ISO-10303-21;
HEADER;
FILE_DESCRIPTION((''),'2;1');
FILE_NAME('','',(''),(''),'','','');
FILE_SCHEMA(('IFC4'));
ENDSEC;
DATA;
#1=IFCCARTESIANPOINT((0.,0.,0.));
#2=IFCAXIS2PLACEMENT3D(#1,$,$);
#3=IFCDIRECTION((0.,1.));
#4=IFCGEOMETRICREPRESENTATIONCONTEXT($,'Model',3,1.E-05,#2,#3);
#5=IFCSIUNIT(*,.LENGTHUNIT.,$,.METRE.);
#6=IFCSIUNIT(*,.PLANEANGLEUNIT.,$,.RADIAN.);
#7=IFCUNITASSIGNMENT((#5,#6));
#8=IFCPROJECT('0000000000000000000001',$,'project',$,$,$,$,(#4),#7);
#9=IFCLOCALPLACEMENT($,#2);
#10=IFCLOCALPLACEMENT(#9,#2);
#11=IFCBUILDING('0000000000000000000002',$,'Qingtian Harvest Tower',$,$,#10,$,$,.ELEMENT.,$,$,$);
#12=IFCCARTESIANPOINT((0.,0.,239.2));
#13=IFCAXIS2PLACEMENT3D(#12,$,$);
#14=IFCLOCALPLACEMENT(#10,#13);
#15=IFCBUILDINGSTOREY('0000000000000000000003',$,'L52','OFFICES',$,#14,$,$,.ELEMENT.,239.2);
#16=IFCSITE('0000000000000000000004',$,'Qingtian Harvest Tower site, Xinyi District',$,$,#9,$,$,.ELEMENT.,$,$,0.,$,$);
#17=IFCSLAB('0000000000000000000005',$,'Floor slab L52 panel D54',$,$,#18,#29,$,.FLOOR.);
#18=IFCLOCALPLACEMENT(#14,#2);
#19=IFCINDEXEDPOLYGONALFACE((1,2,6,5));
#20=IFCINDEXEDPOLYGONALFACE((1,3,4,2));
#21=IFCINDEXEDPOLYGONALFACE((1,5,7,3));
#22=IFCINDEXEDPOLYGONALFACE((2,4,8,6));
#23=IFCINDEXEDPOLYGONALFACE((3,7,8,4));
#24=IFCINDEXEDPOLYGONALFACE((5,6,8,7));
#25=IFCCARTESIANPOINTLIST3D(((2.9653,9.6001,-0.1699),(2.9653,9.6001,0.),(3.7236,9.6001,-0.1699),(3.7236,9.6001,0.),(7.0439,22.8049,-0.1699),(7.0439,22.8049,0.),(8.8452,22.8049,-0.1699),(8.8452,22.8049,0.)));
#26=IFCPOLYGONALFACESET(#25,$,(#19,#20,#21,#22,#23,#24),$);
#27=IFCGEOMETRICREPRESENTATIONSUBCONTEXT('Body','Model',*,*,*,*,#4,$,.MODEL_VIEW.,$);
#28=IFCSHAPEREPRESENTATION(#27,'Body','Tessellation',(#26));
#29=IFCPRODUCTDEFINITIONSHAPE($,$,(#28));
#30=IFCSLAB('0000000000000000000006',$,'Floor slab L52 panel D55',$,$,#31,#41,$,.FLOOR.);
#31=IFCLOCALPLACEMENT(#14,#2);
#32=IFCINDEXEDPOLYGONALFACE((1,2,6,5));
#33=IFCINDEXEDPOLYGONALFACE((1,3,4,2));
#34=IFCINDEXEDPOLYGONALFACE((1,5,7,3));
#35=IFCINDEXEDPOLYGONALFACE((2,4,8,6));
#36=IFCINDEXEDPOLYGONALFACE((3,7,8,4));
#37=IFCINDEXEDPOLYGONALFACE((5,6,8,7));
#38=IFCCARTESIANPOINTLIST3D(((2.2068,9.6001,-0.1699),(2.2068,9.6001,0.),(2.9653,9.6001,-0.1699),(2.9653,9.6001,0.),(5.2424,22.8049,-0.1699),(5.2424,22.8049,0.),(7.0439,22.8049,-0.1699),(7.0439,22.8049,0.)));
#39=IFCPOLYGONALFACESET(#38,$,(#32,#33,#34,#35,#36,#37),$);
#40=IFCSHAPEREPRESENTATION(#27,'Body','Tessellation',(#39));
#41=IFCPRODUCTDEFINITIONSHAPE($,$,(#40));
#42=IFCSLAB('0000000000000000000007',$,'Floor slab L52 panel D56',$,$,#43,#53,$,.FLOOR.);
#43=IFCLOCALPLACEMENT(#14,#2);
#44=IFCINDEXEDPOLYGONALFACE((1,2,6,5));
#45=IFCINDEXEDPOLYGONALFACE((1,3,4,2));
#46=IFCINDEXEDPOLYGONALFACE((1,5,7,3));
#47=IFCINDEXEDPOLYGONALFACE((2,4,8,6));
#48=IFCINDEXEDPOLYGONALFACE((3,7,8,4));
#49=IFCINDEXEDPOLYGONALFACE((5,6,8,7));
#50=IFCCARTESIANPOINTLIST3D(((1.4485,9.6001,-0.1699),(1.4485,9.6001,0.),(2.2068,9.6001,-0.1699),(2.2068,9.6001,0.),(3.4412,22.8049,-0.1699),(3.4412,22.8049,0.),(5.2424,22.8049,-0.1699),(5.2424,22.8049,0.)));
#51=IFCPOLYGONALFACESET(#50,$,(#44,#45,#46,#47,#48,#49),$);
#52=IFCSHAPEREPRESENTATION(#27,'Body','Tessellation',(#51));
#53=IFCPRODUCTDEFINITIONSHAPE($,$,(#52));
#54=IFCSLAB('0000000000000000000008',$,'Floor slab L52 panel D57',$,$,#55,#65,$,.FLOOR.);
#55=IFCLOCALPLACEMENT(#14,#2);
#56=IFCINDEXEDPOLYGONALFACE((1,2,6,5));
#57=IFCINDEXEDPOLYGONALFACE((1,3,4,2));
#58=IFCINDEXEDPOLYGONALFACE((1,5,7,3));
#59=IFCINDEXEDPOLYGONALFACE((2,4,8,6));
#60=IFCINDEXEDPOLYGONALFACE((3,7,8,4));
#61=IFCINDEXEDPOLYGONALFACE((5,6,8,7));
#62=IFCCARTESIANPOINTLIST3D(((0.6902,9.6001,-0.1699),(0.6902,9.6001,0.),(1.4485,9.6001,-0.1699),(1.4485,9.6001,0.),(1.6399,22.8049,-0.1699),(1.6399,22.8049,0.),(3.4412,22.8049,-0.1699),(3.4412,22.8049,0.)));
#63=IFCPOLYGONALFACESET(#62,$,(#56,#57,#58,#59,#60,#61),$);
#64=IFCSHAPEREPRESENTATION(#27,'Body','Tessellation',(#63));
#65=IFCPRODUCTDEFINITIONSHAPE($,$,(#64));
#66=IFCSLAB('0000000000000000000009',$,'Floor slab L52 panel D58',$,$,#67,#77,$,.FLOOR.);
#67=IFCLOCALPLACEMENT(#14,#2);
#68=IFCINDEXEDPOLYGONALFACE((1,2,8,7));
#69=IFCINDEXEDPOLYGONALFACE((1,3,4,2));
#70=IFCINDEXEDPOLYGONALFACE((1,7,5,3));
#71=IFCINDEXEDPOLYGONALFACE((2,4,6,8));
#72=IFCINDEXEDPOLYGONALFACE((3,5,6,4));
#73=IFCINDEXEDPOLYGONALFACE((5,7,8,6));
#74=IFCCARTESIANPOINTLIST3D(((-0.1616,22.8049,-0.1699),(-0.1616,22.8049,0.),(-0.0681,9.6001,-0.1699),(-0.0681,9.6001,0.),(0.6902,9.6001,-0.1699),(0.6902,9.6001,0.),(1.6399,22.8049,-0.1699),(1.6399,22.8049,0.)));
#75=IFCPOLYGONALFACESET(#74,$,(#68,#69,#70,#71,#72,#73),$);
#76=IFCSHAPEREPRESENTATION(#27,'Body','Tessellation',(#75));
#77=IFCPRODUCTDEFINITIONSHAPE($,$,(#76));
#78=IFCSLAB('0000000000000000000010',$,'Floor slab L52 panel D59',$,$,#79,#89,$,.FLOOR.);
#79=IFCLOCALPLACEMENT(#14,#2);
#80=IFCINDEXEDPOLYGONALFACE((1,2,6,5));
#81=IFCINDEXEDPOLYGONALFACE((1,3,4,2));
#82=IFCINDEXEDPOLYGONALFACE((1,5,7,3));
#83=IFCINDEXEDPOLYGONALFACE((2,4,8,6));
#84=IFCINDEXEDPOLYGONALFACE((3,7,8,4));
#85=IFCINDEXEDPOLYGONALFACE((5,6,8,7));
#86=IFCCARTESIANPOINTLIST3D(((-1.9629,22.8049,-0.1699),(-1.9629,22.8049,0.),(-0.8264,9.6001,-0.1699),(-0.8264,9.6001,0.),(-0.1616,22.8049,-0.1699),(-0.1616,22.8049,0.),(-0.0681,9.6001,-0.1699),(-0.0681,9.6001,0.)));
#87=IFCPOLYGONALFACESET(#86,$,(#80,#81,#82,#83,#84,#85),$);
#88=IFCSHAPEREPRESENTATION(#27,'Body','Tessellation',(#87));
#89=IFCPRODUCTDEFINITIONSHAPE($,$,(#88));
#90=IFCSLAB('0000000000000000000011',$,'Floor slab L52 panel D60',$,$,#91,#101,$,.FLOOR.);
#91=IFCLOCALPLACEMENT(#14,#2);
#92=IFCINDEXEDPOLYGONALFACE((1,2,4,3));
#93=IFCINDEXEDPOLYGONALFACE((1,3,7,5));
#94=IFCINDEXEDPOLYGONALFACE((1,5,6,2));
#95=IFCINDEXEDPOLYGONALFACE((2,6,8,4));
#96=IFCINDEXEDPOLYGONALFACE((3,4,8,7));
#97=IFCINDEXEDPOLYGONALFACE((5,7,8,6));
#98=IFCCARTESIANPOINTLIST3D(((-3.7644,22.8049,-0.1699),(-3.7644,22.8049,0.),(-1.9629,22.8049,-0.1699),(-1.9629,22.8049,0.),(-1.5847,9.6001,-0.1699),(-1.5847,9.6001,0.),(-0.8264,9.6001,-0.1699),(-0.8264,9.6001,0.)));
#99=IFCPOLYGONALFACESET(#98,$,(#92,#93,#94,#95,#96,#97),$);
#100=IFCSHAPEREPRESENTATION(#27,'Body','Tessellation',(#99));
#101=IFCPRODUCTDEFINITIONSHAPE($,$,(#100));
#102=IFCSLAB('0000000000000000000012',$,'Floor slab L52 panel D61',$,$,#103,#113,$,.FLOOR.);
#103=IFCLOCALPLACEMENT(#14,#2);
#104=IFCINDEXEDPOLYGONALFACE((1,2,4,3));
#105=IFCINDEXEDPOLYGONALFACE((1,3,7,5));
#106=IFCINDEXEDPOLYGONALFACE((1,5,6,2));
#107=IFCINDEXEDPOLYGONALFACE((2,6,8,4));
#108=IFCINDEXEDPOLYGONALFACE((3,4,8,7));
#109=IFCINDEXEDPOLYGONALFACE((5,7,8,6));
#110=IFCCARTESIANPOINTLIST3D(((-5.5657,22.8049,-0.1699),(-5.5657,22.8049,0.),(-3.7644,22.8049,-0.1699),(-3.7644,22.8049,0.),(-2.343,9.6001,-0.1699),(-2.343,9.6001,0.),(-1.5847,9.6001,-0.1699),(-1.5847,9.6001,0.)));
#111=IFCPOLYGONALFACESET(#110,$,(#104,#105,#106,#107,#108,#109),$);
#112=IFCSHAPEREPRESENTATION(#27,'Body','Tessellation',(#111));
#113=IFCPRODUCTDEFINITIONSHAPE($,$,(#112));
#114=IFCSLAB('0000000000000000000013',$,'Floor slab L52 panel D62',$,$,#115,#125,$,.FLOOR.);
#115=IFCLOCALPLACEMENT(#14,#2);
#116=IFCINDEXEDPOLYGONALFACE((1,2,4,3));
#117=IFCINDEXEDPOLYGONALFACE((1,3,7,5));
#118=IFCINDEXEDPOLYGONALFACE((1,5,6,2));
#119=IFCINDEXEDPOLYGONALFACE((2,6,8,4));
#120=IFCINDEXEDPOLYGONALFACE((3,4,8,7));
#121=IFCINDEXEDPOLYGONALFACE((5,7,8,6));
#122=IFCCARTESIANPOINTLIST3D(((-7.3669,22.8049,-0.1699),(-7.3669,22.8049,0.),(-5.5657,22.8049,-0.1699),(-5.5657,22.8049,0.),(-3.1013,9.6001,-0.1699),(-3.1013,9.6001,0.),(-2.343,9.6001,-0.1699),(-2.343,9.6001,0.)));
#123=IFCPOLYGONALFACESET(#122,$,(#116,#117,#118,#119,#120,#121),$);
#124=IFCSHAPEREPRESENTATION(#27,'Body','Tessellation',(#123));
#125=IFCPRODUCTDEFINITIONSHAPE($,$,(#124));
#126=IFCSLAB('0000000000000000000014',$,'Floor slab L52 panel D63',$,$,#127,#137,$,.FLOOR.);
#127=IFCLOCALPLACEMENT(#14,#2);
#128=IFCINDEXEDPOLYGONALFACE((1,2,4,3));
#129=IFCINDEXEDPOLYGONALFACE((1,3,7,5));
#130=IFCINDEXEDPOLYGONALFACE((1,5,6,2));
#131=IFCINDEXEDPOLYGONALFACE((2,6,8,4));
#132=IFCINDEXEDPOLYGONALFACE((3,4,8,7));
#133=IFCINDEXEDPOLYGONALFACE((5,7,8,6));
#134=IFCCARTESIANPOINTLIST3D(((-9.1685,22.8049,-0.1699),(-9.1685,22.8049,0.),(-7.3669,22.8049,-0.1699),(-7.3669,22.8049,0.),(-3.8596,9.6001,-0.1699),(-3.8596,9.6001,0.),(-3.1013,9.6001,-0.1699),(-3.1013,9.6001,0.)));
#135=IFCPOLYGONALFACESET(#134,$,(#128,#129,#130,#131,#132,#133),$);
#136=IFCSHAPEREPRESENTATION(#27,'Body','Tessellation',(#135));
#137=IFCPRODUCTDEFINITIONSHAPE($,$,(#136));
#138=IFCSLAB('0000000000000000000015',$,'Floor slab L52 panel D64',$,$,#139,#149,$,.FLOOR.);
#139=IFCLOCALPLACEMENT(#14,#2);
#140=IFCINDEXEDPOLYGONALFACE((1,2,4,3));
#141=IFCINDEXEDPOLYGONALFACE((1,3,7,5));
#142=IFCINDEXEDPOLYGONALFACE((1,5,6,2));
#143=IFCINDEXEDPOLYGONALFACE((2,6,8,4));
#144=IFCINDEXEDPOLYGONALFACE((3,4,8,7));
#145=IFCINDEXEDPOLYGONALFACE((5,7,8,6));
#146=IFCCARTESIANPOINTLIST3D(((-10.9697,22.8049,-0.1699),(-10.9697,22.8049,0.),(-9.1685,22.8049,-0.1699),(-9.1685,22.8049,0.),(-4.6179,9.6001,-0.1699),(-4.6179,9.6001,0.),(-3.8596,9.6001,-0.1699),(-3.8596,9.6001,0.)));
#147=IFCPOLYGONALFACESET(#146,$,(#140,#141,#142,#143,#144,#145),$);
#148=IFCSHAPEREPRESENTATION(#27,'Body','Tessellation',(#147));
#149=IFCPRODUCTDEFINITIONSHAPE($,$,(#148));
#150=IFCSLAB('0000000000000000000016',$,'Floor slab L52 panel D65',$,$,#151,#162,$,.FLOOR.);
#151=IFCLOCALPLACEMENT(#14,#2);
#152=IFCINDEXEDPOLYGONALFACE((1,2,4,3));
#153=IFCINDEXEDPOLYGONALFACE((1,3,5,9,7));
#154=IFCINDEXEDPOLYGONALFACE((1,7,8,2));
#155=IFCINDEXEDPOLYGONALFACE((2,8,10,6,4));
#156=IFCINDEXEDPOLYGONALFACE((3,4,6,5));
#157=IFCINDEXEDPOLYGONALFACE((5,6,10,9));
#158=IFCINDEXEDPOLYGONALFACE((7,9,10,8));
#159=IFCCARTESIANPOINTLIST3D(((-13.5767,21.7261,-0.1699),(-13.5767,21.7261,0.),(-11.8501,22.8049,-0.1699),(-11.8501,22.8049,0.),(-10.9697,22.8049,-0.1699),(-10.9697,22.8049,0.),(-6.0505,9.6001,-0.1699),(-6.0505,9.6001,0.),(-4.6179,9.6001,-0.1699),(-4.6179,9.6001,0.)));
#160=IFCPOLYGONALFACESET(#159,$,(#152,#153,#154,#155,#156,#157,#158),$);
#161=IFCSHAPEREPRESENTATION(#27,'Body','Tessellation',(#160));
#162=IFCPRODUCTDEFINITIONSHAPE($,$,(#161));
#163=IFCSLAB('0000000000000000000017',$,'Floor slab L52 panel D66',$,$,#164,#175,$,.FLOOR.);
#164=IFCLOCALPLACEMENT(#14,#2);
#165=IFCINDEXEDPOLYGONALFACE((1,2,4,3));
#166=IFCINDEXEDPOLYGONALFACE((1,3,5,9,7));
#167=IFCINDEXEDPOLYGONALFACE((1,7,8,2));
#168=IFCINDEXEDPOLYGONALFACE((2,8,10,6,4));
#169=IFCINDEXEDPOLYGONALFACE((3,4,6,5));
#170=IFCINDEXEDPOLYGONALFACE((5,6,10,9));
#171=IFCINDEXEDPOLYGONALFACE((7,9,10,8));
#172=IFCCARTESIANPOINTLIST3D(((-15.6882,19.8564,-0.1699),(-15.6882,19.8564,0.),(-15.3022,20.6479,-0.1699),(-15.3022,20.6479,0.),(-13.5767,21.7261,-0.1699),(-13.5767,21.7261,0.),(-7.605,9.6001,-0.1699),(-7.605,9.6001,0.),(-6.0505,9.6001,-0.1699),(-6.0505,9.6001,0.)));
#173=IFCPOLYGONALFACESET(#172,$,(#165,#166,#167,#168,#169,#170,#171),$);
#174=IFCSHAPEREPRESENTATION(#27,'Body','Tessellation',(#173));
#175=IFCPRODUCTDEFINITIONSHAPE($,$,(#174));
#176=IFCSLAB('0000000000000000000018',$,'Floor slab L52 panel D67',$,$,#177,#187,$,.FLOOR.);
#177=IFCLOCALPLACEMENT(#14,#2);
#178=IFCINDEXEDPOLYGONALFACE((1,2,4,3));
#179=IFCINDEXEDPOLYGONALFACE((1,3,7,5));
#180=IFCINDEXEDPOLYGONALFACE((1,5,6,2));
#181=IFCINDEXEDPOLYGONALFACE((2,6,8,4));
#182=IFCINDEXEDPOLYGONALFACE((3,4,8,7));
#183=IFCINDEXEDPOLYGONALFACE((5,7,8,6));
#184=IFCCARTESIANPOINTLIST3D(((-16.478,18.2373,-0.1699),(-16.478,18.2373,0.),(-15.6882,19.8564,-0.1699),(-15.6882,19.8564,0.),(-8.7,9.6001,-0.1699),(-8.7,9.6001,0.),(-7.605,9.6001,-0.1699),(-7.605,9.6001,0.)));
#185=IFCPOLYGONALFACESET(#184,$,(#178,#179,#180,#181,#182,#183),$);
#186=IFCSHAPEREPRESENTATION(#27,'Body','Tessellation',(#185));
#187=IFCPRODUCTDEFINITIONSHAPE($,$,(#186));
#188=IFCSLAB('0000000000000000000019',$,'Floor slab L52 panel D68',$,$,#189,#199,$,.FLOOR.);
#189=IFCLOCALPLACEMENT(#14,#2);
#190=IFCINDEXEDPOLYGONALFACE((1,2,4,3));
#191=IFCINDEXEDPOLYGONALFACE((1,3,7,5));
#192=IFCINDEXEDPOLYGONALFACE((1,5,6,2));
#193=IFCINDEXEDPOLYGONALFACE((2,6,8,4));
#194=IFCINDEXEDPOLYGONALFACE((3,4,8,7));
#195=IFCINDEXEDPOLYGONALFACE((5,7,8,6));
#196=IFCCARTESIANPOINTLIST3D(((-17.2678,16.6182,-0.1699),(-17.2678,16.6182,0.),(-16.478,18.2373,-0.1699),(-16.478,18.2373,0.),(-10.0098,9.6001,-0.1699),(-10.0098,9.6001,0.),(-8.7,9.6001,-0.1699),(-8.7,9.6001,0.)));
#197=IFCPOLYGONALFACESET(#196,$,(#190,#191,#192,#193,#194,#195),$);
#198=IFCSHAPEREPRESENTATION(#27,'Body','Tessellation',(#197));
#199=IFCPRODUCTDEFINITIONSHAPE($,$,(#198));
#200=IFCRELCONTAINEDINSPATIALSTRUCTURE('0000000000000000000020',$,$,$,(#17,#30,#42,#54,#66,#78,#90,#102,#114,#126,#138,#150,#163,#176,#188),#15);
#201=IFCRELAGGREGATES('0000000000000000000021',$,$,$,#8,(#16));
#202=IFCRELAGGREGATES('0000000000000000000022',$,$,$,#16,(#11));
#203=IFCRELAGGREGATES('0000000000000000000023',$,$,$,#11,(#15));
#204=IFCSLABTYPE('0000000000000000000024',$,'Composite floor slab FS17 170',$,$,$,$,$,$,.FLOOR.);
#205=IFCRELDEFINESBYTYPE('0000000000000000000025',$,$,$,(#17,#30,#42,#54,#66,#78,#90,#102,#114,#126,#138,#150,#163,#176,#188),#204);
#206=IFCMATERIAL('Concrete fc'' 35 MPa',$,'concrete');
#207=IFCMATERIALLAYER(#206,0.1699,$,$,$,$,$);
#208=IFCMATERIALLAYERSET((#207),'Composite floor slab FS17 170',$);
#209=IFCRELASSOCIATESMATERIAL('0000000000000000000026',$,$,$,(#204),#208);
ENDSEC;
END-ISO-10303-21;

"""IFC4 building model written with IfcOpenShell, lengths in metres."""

from ifc_helpers import new_model, si_unit, direction, frame, origin, place, context, subcontext, project, spatial, polyline, outline, extrude, material, layer, layer_set, type_object, element, save


model = new_model("IFC4")

# Units and contexts
model_context = context("Model", 3, precision=1e-05, world=origin(), true_north=direction((0.0, 1.0)))
body_context = subcontext(model_context, "Body", "Model", "MODEL_VIEW")
ifc_project = project(units=[si_unit("LENGTHUNIT", "METRE"), si_unit("PLANEANGLEUNIT", "RADIAN")], contexts=[model_context])

# Site, building, storey
site_placement = place(None, origin())
site = spatial("IfcSite", under=ifc_project, at=site_placement, Name="Qingtian Harvest Tower site, Xinyi District", CompositionType="ELEMENT", RefElevation=0.0)
building_placement = place(site_placement, origin())
building = spatial("IfcBuilding", under=site, at=building_placement, Name="Qingtian Harvest Tower", CompositionType="ELEMENT")
storey_placement = place(building_placement, frame((0.0, 0.0, 239.2)))
storey = spatial("IfcBuildingStorey", under=building, at=storey_placement, Name="L52", Description="OFFICES", CompositionType="ELEMENT", Elevation=239.2)

# Slabs
ifc_material_1 = material(Name="Concrete fc' 35 MPa", Category="concrete")
ifc_layer_1 = layer(ifc_material_1, 0.1699)
ifc_layer_set_1 = layer_set([ifc_layer_1], Name="Composite floor slab FS17 170")
slab_type = type_object("IfcSlabType", Name="Composite floor slab FS17 170", PredefinedType="FLOOR", material=ifc_layer_set_1)
slab_1_placement = place(storey_placement, frame((0.0, 0.0, -0.1699)))
element("IfcSlab", 1, at=slab_1_placement, inside=storey, type_object=slab_type, Name="Floor slab L52 panel D54", PredefinedType="FLOOR", context=body_context, shape_type="SweptSolid", body=[
    extrude(outline(polyline([(2.9653, 9.6001), (7.0439, 22.8049), (8.8452, 22.8049), (3.7236, 9.6001), (2.9653, 9.6001)])), origin(), (0.0, 0.0, 1.0), 0.1699),
])
slab_2_placement = place(storey_placement, frame((0.0, 0.0, -0.1699)))
element("IfcSlab", 2, at=slab_2_placement, inside=storey, type_object=slab_type, Name="Floor slab L52 panel D55", PredefinedType="FLOOR", context=body_context, shape_type="SweptSolid", body=[
    extrude(outline(polyline([(2.2068, 9.6001), (5.2424, 22.8049), (7.0439, 22.8049), (2.9653, 9.6001), (2.2068, 9.6001)])), origin(), (0.0, 0.0, 1.0), 0.1699),
])
slab_3_placement = place(storey_placement, frame((0.0, 0.0, -0.1699)))
element("IfcSlab", 3, at=slab_3_placement, inside=storey, type_object=slab_type, Name="Floor slab L52 panel D56", PredefinedType="FLOOR", context=body_context, shape_type="SweptSolid", body=[
    extrude(outline(polyline([(1.4485, 9.6001), (3.4412, 22.8049), (5.2424, 22.8049), (2.2068, 9.6001), (1.4485, 9.6001)])), origin(), (0.0, 0.0, 1.0), 0.1699),
])
slab_4_placement = place(storey_placement, frame((0.0, 0.0, -0.1699)))
element("IfcSlab", 4, at=slab_4_placement, inside=storey, type_object=slab_type, Name="Floor slab L52 panel D57", PredefinedType="FLOOR", context=body_context, shape_type="SweptSolid", body=[
    extrude(outline(polyline([(0.6902, 9.6001), (1.6399, 22.8049), (3.4412, 22.8049), (1.4485, 9.6001), (0.6902, 9.6001)])), origin(), (0.0, 0.0, 1.0), 0.1699),
])
slab_5_placement = place(storey_placement, frame((0.0, 0.0, -0.1699)))
element("IfcSlab", 5, at=slab_5_placement, inside=storey, type_object=slab_type, Name="Floor slab L52 panel D58", PredefinedType="FLOOR", context=body_context, shape_type="SweptSolid", body=[
    extrude(outline(polyline([(-0.0681, 9.6001), (-0.1616, 22.8049), (1.6399, 22.8049), (0.6902, 9.6001), (-0.0681, 9.6001)])), origin(), (0.0, 0.0, 1.0), 0.1699),
])
slab_6_placement = place(storey_placement, frame((0.0, 0.0, -0.1699)))
element("IfcSlab", 6, at=slab_6_placement, inside=storey, type_object=slab_type, Name="Floor slab L52 panel D59", PredefinedType="FLOOR", context=body_context, shape_type="SweptSolid", body=[
    extrude(outline(polyline([(-0.8264, 9.6001), (-1.9629, 22.8049), (-0.1616, 22.8049), (-0.0681, 9.6001), (-0.8264, 9.6001)])), origin(), (0.0, 0.0, 1.0), 0.1699),
])
slab_7_placement = place(storey_placement, frame((0.0, 0.0, -0.1699)))
element("IfcSlab", 7, at=slab_7_placement, inside=storey, type_object=slab_type, Name="Floor slab L52 panel D60", PredefinedType="FLOOR", context=body_context, shape_type="SweptSolid", body=[
    extrude(outline(polyline([(-1.5847, 9.6001), (-3.7644, 22.8049), (-1.9629, 22.8049), (-0.8264, 9.6001), (-1.5847, 9.6001)])), origin(), (0.0, 0.0, 1.0), 0.1699),
])
slab_8_placement = place(storey_placement, frame((0.0, 0.0, -0.1699)))
element("IfcSlab", 8, at=slab_8_placement, inside=storey, type_object=slab_type, Name="Floor slab L52 panel D61", PredefinedType="FLOOR", context=body_context, shape_type="SweptSolid", body=[
    extrude(outline(polyline([(-2.343, 9.6001), (-5.5657, 22.8049), (-3.7644, 22.8049), (-1.5847, 9.6001), (-2.343, 9.6001)])), origin(), (0.0, 0.0, 1.0), 0.1699),
])
slab_9_placement = place(storey_placement, frame((0.0, 0.0, -0.1699)))
element("IfcSlab", 9, at=slab_9_placement, inside=storey, type_object=slab_type, Name="Floor slab L52 panel D62", PredefinedType="FLOOR", context=body_context, shape_type="SweptSolid", body=[
    extrude(outline(polyline([(-3.1013, 9.6001), (-7.3669, 22.8049), (-5.5657, 22.8049), (-2.343, 9.6001), (-3.1013, 9.6001)])), origin(), (0.0, 0.0, 1.0), 0.1699),
])
slab_10_placement = place(storey_placement, frame((0.0, 0.0, -0.1699)))
element("IfcSlab", 10, at=slab_10_placement, inside=storey, type_object=slab_type, Name="Floor slab L52 panel D63", PredefinedType="FLOOR", context=body_context, shape_type="SweptSolid", body=[
    extrude(outline(polyline([(-3.8596, 9.6001), (-9.1685, 22.8049), (-7.3669, 22.8049), (-3.1013, 9.6001), (-3.8596, 9.6001)])), origin(), (0.0, 0.0, 1.0), 0.1699),
])
slab_11_placement = place(storey_placement, frame((0.0, 0.0, -0.1699)))
element("IfcSlab", 11, at=slab_11_placement, inside=storey, type_object=slab_type, Name="Floor slab L52 panel D64", PredefinedType="FLOOR", context=body_context, shape_type="SweptSolid", body=[
    extrude(outline(polyline([(-4.6179, 9.6001), (-10.9697, 22.8049), (-9.1685, 22.8049), (-3.8596, 9.6001), (-4.6179, 9.6001)])), origin(), (0.0, 0.0, 1.0), 0.1699),
])
slab_12_placement = place(storey_placement, frame((0.0, 0.0, -0.1699)))
element("IfcSlab", 12, at=slab_12_placement, inside=storey, type_object=slab_type, Name="Floor slab L52 panel D65", PredefinedType="FLOOR", context=body_context, shape_type="SweptSolid", body=[
    extrude(outline(polyline([(-4.6179, 9.6001), (-6.0505, 9.6001), (-13.5767, 21.7261), (-11.8501, 22.8049), (-10.9697, 22.8049), (-4.6179, 9.6001)])), origin(), (0.0, 0.0, 1.0), 0.1699),
])
slab_13_placement = place(storey_placement, frame((0.0, 0.0, -0.1699)))
element("IfcSlab", 13, at=slab_13_placement, inside=storey, type_object=slab_type, Name="Floor slab L52 panel D66", PredefinedType="FLOOR", context=body_context, shape_type="SweptSolid", body=[
    extrude(outline(polyline([(-6.0505, 9.6001), (-7.605, 9.6001), (-15.6882, 19.8564), (-15.3022, 20.6479), (-13.5767, 21.7261), (-6.0505, 9.6001)])), origin(), (0.0, 0.0, 1.0), 0.1699),
])
slab_14_placement = place(storey_placement, frame((0.0, 0.0, -0.1699)))
element("IfcSlab", 14, at=slab_14_placement, inside=storey, type_object=slab_type, Name="Floor slab L52 panel D67", PredefinedType="FLOOR", context=body_context, shape_type="SweptSolid", body=[
    extrude(outline(polyline([(-8.7, 9.6001), (-16.478, 18.2373), (-15.6882, 19.8564), (-7.605, 9.6001), (-8.7, 9.6001)])), origin(), (0.0, 0.0, 1.0), 0.1699),
])
slab_15_placement = place(storey_placement, frame((0.0, 0.0, -0.1699)))
element("IfcSlab", 15, at=slab_15_placement, inside=storey, type_object=slab_type, Name="Floor slab L52 panel D68", PredefinedType="FLOOR", context=body_context, shape_type="SweptSolid", body=[
    extrude(outline(polyline([(-10.0098, 9.6001), (-17.2678, 16.6182), (-16.478, 18.2373), (-8.7, 9.6001), (-10.0098, 9.6001)])), origin(), (0.0, 0.0, 1.0), 0.1699),
])

save(model, "model.ifc")
